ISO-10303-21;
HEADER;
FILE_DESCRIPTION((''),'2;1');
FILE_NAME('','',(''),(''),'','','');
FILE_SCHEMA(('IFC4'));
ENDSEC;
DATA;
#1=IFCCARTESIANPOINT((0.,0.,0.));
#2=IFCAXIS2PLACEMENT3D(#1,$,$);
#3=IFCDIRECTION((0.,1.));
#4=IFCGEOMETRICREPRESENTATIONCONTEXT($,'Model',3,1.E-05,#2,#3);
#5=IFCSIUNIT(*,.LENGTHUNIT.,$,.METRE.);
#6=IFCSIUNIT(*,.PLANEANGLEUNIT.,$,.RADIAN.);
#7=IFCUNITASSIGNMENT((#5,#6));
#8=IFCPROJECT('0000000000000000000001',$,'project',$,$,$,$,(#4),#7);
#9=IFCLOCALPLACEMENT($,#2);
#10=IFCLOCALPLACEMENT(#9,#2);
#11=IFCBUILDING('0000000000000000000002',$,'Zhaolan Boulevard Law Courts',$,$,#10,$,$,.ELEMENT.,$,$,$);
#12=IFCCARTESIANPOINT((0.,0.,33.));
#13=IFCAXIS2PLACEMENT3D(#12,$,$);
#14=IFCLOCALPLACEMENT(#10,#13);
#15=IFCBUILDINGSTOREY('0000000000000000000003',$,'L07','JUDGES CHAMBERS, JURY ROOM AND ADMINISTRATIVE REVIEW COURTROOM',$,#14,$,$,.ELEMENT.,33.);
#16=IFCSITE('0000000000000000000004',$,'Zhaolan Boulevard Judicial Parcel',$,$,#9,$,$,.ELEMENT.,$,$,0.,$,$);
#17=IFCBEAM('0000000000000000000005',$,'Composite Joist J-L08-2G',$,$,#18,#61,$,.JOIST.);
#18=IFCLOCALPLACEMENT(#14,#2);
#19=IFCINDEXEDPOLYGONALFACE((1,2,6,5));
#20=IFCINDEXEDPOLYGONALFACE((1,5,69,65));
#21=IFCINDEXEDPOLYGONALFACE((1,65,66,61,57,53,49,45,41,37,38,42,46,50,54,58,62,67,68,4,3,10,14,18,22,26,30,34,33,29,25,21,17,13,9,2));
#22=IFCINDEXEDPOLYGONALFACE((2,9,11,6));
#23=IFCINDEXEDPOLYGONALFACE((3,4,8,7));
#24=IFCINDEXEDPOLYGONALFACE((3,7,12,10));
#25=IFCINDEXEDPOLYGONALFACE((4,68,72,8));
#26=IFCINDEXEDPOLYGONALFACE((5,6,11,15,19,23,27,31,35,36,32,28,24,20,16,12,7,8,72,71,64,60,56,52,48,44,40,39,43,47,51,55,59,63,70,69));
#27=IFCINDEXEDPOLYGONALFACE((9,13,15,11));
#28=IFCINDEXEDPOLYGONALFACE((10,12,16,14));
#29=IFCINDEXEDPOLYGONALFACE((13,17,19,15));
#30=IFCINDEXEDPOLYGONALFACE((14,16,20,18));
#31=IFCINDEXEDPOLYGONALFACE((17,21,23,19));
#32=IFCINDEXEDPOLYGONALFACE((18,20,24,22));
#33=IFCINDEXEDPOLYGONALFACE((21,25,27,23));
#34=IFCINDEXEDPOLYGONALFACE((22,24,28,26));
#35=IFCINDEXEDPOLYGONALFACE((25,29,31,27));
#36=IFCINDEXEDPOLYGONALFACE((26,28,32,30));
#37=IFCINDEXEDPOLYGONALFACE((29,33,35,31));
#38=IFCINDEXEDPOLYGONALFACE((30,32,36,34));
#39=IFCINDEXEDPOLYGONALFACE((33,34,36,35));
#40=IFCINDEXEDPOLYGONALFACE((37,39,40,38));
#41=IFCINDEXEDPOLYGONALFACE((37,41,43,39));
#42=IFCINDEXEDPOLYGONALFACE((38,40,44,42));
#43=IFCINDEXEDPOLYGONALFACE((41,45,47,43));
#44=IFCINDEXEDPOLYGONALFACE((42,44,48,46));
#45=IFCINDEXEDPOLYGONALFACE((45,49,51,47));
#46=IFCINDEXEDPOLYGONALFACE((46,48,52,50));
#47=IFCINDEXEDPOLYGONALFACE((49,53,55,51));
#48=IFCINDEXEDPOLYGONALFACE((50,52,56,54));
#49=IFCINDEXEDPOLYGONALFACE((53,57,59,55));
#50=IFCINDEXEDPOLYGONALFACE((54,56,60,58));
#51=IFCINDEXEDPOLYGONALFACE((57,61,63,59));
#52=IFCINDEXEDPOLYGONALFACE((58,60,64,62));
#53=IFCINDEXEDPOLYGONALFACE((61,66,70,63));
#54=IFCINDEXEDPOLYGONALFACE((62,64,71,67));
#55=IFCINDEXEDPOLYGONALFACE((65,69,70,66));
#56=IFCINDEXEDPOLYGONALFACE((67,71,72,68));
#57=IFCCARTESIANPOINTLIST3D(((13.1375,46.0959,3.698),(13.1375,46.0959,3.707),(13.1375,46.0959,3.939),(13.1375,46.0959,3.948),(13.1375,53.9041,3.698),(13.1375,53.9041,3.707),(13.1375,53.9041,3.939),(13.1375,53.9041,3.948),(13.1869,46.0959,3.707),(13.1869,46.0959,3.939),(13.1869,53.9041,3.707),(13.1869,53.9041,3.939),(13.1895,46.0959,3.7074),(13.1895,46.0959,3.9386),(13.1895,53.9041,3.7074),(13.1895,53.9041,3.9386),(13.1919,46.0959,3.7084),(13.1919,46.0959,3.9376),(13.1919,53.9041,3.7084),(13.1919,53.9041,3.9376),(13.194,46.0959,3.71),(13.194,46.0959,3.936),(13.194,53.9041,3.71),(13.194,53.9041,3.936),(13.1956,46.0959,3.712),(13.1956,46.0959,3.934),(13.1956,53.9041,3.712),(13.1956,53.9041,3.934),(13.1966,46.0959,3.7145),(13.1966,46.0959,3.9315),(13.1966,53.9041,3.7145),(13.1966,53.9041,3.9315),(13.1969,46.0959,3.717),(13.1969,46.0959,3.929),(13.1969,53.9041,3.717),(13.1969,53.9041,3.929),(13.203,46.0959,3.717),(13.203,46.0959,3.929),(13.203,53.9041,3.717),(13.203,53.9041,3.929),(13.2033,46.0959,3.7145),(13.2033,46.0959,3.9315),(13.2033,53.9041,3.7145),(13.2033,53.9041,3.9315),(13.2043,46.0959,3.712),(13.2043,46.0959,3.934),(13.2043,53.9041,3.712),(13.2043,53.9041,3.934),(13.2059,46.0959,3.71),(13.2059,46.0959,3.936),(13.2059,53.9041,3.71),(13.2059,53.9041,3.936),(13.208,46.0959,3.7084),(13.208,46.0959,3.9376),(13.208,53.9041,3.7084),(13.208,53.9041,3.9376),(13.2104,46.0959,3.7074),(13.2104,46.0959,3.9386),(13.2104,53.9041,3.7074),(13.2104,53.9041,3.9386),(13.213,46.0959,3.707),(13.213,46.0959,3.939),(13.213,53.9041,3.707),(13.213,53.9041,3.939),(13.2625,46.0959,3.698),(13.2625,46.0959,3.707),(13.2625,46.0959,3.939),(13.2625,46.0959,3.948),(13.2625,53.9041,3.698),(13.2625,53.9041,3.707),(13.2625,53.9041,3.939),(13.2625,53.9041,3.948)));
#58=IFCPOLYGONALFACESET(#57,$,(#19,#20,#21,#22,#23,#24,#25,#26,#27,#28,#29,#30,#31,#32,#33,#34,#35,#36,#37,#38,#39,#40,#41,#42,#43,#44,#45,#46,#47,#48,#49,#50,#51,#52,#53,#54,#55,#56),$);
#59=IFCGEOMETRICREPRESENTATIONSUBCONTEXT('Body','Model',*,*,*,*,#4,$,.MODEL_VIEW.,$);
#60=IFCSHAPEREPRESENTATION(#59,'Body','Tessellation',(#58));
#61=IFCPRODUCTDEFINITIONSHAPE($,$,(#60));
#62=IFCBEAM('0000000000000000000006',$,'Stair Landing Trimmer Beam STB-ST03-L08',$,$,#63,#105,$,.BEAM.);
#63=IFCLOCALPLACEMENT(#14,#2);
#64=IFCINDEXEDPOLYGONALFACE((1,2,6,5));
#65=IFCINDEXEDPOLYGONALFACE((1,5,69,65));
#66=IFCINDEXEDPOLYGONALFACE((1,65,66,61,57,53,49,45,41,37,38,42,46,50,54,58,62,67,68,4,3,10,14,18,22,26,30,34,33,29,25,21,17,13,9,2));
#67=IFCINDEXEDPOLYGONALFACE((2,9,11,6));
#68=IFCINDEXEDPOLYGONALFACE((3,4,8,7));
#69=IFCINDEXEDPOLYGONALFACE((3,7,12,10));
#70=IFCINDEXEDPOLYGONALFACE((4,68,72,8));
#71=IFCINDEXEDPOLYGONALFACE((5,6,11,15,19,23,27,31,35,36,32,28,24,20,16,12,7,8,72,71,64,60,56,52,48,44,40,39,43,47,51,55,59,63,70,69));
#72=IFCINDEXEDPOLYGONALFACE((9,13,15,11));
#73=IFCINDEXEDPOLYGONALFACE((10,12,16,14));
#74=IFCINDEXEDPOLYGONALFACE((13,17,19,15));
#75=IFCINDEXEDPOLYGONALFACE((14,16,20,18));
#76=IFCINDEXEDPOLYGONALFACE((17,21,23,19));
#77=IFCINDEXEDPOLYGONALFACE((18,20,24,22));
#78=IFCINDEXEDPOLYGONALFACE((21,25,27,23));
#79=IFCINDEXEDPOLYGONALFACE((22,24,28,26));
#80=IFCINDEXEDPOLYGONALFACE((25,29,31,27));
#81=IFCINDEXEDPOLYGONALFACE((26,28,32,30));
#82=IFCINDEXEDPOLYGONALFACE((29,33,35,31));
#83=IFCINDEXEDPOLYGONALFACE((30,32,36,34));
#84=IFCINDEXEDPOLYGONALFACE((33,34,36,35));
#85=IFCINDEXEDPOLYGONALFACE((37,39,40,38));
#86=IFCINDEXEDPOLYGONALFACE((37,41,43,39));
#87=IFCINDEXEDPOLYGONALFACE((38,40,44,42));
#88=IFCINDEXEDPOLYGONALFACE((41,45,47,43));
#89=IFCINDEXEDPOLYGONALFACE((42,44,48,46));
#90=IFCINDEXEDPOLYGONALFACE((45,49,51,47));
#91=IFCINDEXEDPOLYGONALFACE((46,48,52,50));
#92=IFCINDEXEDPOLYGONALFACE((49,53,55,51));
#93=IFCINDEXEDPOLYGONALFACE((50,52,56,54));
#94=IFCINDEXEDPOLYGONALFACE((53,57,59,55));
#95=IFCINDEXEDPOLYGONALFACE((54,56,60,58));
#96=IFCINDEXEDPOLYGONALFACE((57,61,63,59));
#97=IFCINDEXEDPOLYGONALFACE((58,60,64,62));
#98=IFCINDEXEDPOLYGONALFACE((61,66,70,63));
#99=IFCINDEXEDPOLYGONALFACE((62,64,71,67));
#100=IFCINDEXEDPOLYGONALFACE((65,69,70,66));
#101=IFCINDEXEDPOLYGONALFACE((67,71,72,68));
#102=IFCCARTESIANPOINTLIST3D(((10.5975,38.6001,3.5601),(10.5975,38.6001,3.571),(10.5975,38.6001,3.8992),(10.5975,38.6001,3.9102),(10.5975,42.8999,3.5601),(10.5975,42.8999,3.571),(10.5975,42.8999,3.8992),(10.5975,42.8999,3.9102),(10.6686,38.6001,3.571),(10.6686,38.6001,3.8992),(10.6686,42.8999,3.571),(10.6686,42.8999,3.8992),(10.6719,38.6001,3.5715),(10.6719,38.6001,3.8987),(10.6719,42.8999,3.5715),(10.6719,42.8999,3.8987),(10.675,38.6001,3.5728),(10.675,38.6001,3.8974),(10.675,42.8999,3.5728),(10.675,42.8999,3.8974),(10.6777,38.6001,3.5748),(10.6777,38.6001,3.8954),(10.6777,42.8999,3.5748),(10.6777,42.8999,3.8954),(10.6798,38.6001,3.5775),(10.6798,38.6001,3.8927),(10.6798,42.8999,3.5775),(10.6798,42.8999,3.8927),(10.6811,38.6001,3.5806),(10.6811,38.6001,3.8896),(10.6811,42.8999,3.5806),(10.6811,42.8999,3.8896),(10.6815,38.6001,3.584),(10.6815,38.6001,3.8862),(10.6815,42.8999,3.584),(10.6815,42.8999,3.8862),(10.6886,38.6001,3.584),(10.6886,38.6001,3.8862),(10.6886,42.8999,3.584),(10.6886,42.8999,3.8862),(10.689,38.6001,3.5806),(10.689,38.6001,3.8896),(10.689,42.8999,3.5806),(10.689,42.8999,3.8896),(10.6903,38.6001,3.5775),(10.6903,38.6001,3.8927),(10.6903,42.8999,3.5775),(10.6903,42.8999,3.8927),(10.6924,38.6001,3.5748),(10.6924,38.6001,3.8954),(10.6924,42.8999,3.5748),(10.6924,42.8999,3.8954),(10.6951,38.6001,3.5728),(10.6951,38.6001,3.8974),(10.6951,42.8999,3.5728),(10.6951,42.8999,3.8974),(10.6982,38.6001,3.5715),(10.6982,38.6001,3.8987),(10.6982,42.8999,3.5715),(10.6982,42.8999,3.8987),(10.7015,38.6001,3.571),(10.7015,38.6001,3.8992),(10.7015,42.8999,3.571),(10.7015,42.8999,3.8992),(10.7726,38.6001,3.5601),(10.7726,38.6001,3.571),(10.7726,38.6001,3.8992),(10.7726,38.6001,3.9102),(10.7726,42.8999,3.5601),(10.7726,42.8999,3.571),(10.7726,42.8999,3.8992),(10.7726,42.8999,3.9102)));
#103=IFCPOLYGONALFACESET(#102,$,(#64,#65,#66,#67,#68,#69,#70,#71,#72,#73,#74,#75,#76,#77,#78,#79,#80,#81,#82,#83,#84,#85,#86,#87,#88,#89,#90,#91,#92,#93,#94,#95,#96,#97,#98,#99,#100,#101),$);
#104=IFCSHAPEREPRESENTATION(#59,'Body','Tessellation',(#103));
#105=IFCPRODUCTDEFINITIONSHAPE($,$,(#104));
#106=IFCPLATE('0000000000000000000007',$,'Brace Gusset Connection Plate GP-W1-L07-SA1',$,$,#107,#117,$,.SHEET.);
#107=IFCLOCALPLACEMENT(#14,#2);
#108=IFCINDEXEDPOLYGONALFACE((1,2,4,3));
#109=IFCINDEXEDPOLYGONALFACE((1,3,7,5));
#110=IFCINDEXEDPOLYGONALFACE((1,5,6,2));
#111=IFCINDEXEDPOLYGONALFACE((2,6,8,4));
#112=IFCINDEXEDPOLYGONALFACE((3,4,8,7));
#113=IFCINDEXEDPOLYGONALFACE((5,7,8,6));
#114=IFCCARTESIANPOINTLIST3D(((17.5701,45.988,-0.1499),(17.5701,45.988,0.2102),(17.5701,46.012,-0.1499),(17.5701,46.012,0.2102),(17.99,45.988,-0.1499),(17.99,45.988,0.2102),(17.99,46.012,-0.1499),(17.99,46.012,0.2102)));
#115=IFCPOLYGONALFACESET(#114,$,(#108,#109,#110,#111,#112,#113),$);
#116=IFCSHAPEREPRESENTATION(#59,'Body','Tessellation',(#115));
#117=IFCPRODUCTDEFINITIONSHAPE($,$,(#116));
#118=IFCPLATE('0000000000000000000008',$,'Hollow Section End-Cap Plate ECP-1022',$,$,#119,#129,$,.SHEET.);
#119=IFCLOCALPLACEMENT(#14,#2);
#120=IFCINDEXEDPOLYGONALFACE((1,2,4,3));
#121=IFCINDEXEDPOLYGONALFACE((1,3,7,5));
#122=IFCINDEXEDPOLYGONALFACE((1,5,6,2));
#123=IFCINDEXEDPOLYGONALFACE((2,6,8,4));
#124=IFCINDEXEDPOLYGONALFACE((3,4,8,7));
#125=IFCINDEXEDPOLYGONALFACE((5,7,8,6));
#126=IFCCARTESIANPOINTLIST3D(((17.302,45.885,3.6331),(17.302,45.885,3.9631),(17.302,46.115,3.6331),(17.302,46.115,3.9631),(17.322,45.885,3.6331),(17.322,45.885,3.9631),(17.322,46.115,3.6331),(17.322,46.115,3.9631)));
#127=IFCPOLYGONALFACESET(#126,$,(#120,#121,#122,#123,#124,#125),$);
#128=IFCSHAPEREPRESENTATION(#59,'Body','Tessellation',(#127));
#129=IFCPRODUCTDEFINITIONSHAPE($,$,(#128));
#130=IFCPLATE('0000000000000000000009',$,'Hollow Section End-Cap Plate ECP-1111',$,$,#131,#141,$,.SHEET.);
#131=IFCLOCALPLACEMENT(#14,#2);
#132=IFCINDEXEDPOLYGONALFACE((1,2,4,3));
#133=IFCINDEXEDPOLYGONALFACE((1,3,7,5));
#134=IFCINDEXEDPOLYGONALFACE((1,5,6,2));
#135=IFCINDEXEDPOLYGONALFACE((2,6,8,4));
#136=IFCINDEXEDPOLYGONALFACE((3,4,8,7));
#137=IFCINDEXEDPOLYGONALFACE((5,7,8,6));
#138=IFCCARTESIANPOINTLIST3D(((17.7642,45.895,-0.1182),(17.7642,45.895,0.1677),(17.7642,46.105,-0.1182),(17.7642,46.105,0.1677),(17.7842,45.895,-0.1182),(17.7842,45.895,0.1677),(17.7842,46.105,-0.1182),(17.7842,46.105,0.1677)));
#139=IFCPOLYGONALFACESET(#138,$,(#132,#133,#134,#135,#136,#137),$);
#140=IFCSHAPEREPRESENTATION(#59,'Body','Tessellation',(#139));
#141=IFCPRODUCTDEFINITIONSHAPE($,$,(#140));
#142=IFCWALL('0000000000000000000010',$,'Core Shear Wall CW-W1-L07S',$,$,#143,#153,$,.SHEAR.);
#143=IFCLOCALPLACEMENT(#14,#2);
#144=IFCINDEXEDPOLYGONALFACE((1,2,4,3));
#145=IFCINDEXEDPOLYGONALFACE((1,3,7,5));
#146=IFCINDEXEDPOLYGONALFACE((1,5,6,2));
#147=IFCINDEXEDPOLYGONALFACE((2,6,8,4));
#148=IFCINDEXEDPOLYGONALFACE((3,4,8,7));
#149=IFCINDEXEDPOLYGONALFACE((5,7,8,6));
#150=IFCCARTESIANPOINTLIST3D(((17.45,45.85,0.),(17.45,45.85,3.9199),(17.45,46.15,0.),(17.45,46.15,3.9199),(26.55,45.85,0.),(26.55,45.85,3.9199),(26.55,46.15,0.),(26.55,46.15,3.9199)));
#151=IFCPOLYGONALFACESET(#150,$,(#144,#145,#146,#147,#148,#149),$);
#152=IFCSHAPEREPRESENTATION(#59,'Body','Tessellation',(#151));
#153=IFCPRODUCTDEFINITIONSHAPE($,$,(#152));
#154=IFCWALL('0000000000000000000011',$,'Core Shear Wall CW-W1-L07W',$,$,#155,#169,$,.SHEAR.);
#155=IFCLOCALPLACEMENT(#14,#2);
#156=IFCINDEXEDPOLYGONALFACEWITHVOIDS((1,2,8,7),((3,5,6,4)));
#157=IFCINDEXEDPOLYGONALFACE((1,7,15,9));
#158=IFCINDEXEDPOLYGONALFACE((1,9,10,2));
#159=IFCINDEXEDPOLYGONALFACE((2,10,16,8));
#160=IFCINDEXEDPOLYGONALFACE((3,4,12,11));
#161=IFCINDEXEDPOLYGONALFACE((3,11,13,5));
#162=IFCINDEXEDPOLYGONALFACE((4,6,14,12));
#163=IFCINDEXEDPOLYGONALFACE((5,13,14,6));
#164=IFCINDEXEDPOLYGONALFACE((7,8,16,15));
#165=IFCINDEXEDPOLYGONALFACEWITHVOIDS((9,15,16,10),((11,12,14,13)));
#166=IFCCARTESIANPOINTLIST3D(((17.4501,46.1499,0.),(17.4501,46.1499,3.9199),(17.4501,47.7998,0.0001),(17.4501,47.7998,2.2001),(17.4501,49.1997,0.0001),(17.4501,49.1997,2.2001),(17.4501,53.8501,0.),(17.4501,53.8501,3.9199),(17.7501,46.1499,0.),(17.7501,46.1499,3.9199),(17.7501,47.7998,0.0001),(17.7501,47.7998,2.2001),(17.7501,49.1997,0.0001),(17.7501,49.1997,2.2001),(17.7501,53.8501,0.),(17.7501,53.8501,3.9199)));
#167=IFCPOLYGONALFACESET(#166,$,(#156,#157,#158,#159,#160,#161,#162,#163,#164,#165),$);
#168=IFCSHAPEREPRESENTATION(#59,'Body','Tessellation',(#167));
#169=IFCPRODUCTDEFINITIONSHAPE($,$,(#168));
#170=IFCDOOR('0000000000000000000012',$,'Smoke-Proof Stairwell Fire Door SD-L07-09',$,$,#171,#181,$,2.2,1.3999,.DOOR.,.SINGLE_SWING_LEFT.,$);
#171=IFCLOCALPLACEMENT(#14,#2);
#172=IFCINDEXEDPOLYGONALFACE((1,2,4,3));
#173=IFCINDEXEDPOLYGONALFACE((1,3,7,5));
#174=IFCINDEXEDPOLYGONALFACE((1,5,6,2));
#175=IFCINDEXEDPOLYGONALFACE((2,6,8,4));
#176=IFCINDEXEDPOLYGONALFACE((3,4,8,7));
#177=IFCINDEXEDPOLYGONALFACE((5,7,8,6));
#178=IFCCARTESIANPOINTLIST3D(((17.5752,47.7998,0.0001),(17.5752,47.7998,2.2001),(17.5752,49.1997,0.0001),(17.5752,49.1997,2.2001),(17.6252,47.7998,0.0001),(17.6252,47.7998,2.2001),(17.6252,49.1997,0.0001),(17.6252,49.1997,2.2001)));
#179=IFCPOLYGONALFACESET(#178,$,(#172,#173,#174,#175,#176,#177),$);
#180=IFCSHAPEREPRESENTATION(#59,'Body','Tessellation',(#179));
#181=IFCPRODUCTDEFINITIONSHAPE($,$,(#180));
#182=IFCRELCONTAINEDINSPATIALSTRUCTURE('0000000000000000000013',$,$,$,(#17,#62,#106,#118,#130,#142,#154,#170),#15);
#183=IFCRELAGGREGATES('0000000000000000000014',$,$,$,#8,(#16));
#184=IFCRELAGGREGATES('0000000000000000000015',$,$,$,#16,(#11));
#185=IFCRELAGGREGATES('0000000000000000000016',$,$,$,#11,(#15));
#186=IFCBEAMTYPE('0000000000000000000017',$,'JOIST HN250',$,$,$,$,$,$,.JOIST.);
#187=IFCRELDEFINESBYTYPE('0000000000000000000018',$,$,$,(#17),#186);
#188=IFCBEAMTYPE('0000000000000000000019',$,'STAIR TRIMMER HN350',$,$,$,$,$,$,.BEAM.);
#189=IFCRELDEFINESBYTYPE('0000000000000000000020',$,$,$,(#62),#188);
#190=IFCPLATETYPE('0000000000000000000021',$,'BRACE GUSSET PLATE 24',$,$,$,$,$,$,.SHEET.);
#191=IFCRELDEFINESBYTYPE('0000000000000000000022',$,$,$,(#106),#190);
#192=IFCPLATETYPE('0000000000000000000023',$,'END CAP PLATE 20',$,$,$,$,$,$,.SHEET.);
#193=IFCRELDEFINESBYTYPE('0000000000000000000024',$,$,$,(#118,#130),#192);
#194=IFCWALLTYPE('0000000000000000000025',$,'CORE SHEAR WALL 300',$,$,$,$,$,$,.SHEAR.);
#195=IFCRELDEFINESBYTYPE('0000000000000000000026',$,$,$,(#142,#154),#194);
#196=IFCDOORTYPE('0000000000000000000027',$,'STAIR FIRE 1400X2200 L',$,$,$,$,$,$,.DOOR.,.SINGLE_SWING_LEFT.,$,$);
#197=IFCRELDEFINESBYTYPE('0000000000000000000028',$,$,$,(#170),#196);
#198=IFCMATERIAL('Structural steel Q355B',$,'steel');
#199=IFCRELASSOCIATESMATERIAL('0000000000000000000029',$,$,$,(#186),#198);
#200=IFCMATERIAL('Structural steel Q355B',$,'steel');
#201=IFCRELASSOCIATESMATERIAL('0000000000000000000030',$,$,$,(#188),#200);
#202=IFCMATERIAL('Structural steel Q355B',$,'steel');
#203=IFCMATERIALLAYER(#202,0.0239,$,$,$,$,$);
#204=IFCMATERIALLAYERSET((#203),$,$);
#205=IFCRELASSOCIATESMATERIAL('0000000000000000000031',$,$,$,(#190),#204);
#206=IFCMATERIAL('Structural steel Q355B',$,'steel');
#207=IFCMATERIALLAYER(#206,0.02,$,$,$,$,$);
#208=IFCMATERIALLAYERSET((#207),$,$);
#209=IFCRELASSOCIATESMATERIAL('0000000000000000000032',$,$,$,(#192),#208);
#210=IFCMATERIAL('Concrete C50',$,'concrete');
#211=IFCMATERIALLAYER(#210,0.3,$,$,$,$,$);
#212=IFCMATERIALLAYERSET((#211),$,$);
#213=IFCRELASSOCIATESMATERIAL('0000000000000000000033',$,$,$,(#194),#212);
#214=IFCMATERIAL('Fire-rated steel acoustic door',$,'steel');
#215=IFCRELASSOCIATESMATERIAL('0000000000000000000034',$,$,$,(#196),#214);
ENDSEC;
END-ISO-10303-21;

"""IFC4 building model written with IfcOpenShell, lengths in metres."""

from ifc_helpers import new_model, si_unit, direction, frame, frame_2d, origin, origin_2d, place, context, subcontext, project, spatial, rectangle, i_section, extrude, material, layer, layer_set, material_profile, profile_set, type_object, element, fill, save


model = new_model("IFC4")

# Units and contexts
model_context = context("Model", 3, precision=1e-05, world=origin(), true_north=direction((0.0, 1.0)))
body_context = subcontext(model_context, "Body", "Model", "MODEL_VIEW")
ifc_project = project(units=[si_unit("LENGTHUNIT", "METRE"), si_unit("PLANEANGLEUNIT", "RADIAN")], contexts=[model_context])

# Site, building, storey
site_placement = place(None, origin())
site = spatial("IfcSite", under=ifc_project, at=site_placement, Name="Zhaolan Boulevard Judicial Parcel", CompositionType="ELEMENT", RefElevation=0.0)
building_placement = place(site_placement, origin())
building = spatial("IfcBuilding", under=site, at=building_placement, Name="Zhaolan Boulevard Law Courts", CompositionType="ELEMENT")
storey_placement = place(building_placement, frame((0.0, 0.0, 33.0)))
storey = spatial("IfcBuildingStorey", under=building, at=storey_placement, Name="L07", Description="JUDGES CHAMBERS, JURY ROOM AND ADMINISTRATIVE REVIEW COURTROOM", CompositionType="ELEMENT", Elevation=33.0)

# Beams
ifc_material_1 = material(Name="Structural steel Q355B", Category="steel")
ifc_material_profile_1 = material_profile(ifc_material_1, i_section(OverallWidth=0.125, OverallDepth=0.25, WebThickness=0.0061, FlangeThickness=0.009, FilletRadius=0.01, at=origin_2d()), Name="HN250x125")
ifc_profile_set_1 = profile_set([ifc_material_profile_1], Name="Structural steel Q355B")
beam_type_1 = type_object("IfcBeamType", Name="JOIST HN250", PredefinedType="JOIST", material=ifc_profile_set_1)
beam_1_placement = place(storey_placement, frame((13.2, 46.0959, 3.823), z_axis=(0.0, 1.0, 0.0), x_axis=(-1.0, 0.0, 0.0)))
element("IfcBeam", 1, at=beam_1_placement, inside=storey, type_object=beam_type_1, Name="Composite Joist J-L08-2G", PredefinedType="JOIST", context=body_context, shape_type="SweptSolid", body=[
    extrude(i_section(OverallWidth=0.125, OverallDepth=0.25, WebThickness=0.0061, FlangeThickness=0.009, FilletRadius=0.01, at=origin_2d()), origin(), (0.0, 0.0, 1.0), 7.8081),
])
ifc_material_2 = material(Name="Structural steel Q355B", Category="steel")
ifc_material_profile_2 = material_profile(ifc_material_2, i_section(OverallWidth=0.175, OverallDepth=0.3501, WebThickness=0.0071, FlangeThickness=0.011, FilletRadius=0.0129, at=origin_2d()), Name="HN350x175")
ifc_profile_set_2 = profile_set([ifc_material_profile_2], Name="Structural steel Q355B")
beam_type_2 = type_object("IfcBeamType", Name="STAIR TRIMMER HN350", PredefinedType="BEAM", material=ifc_profile_set_2)
beam_2_placement = place(storey_placement, frame((10.6851, 38.6001, 3.7351), z_axis=(0.0, 1.0, 0.0), x_axis=(-1.0, 0.0, 0.0)))
element("IfcBeam", 2, at=beam_2_placement, inside=storey, type_object=beam_type_2, Name="Stair Landing Trimmer Beam STB-ST03-L08", PredefinedType="BEAM", context=body_context, shape_type="SweptSolid", body=[
    extrude(i_section(OverallWidth=0.175, OverallDepth=0.3501, WebThickness=0.0071, FlangeThickness=0.011, FilletRadius=0.0129, at=origin_2d()), origin(), (0.0, 0.0, 1.0), 4.2998),
])

# Plates
ifc_material_3 = material(Name="Structural steel Q355B", Category="steel")
ifc_layer_1 = layer(ifc_material_3, 0.0239)
ifc_layer_set_1 = layer_set([ifc_layer_1])
plate_type_1 = type_object("IfcPlateType", Name="BRACE GUSSET PLATE 24", PredefinedType="SHEET", material=ifc_layer_set_1)
plate_1_placement = place(storey_placement, frame((17.78, 46.0, -0.1499), z_axis=(0.0, 0.0, 1.0), x_axis=(1.0, 0.0, 0.0)))
element("IfcPlate", 3, at=plate_1_placement, inside=storey, type_object=plate_type_1, Name="Brace Gusset Connection Plate GP-W1-L07-SA1", PredefinedType="SHEET", context=body_context, shape_type="SweptSolid", body=[
    extrude(rectangle(XDim=0.4199, YDim=0.0239, at=origin_2d()), origin(), (0.0, 0.0, 1.0), 0.3601),
])
ifc_material_4 = material(Name="Structural steel Q355B", Category="steel")
ifc_layer_2 = layer(ifc_material_4, 0.02)
ifc_layer_set_2 = layer_set([ifc_layer_2])
plate_type_2 = type_object("IfcPlateType", Name="END CAP PLATE 20", PredefinedType="SHEET", material=ifc_layer_set_2)
plate_2_placement = place(storey_placement, frame((17.312, 46.0, 3.6331), z_axis=(0.0, 0.0, 1.0), x_axis=(1.0, 0.0, 0.0)))
element("IfcPlate", 4, at=plate_2_placement, inside=storey, type_object=plate_type_2, Name="Hollow Section End-Cap Plate ECP-1022", PredefinedType="SHEET", context=body_context, shape_type="SweptSolid", body=[
    extrude(rectangle(XDim=0.02, YDim=0.23, at=origin_2d()), origin(), (0.0, 0.0, 1.0), 0.3301),
])
plate_3_placement = place(storey_placement, frame((17.7742, 46.0, -0.1182), z_axis=(0.0, 0.0, 1.0), x_axis=(1.0, 0.0, 0.0)))
element("IfcPlate", 5, at=plate_3_placement, inside=storey, type_object=plate_type_2, Name="Hollow Section End-Cap Plate ECP-1111", PredefinedType="SHEET", context=body_context, shape_type="SweptSolid", body=[
    extrude(rectangle(XDim=0.02, YDim=0.21, at=origin_2d()), origin(), (0.0, 0.0, 1.0), 0.2859),
])

# Wall
ifc_material_5 = material(Name="Concrete C50", Category="concrete")
ifc_layer_3 = layer(ifc_material_5, 0.3)
ifc_layer_set_3 = layer_set([ifc_layer_3])
wall_type_1 = type_object("IfcWallType", Name="CORE SHEAR WALL 300", PredefinedType="SHEAR", material=ifc_layer_set_3)
wall_1_placement = place(storey_placement, frame((17.45, 46.0, 0.0), z_axis=(0.0, 0.0, 1.0), x_axis=(1.0, 0.0, 0.0)))
element("IfcWall", 6, at=wall_1_placement, inside=storey, type_object=wall_type_1, Name="Core Shear Wall CW-W1-L07S", PredefinedType="SHEAR", context=body_context, shape_type="SweptSolid", body=[
    extrude(rectangle(XDim=9.1001, YDim=0.3, at=frame_2d((4.55, 0.0))), origin(), (0.0, 0.0, 1.0), 3.9199),
])

# Wall, opening, door
wall_2_placement = place(storey_placement, frame((17.6001, 46.1499, 0.0), z_axis=(0.0, 0.0, 1.0), x_axis=(0.0, 1.0, 0.0)))
wall_2 = element("IfcWall", 7, at=wall_2_placement, inside=storey, type_object=wall_type_1, Name="Core Shear Wall CW-W1-L07W", PredefinedType="SHEAR", context=body_context, shape_type="SweptSolid", body=[
    extrude(rectangle(XDim=7.7002, YDim=0.3, at=frame_2d((3.8501, 0.0))), origin(), (0.0, 0.0, 1.0), 3.9199),
])
opening_1_placement = place(wall_2_placement, frame((1.6499, 0.0, 0.0)))
opening_1 = element("IfcOpeningElement", 8, at=opening_1_placement, cuts=wall_2, PredefinedType="OPENING", context=body_context, shape_type="SweptSolid", body=[
    extrude(rectangle(XDim=1.3999, YDim=2.2, at=frame_2d((0.7, 1.1001))), frame((0.0, 0.1599, 0.0), z_axis=(0.0, -1.0, 0.0), x_axis=(1.0, 0.0, 0.0)), (0.0, 0.0, 1.0), 0.3201),
])
ifc_material_6 = material(Name="Fire-rated steel acoustic door", Category="steel")
door_type_1 = type_object("IfcDoorType", Name="STAIR FIRE 1400X2200 L", OperationType="SINGLE_SWING_LEFT", PredefinedType="DOOR", material=ifc_material_6)
door_1_placement = place(opening_1_placement, origin())
door_1 = element("IfcDoor", 9, at=door_1_placement, inside=storey, type_object=door_type_1, Name="Smoke-Proof Stairwell Fire Door SD-L07-09", OperationType="SINGLE_SWING_LEFT", OverallHeight=2.2, OverallWidth=1.3999, PredefinedType="DOOR", context=body_context, shape_type="SweptSolid", body=[
    extrude(rectangle(XDim=1.3999, YDim=2.2, at=frame_2d((0.7, 1.1001))), frame((0.0, 0.0249, 0.0), z_axis=(0.0, -1.0, 0.0), x_axis=(1.0, 0.0, 0.0)), (0.0, 0.0, 1.0), 0.05),
])
fill(opening_1, door_1)

save(model, "model.ifc")
